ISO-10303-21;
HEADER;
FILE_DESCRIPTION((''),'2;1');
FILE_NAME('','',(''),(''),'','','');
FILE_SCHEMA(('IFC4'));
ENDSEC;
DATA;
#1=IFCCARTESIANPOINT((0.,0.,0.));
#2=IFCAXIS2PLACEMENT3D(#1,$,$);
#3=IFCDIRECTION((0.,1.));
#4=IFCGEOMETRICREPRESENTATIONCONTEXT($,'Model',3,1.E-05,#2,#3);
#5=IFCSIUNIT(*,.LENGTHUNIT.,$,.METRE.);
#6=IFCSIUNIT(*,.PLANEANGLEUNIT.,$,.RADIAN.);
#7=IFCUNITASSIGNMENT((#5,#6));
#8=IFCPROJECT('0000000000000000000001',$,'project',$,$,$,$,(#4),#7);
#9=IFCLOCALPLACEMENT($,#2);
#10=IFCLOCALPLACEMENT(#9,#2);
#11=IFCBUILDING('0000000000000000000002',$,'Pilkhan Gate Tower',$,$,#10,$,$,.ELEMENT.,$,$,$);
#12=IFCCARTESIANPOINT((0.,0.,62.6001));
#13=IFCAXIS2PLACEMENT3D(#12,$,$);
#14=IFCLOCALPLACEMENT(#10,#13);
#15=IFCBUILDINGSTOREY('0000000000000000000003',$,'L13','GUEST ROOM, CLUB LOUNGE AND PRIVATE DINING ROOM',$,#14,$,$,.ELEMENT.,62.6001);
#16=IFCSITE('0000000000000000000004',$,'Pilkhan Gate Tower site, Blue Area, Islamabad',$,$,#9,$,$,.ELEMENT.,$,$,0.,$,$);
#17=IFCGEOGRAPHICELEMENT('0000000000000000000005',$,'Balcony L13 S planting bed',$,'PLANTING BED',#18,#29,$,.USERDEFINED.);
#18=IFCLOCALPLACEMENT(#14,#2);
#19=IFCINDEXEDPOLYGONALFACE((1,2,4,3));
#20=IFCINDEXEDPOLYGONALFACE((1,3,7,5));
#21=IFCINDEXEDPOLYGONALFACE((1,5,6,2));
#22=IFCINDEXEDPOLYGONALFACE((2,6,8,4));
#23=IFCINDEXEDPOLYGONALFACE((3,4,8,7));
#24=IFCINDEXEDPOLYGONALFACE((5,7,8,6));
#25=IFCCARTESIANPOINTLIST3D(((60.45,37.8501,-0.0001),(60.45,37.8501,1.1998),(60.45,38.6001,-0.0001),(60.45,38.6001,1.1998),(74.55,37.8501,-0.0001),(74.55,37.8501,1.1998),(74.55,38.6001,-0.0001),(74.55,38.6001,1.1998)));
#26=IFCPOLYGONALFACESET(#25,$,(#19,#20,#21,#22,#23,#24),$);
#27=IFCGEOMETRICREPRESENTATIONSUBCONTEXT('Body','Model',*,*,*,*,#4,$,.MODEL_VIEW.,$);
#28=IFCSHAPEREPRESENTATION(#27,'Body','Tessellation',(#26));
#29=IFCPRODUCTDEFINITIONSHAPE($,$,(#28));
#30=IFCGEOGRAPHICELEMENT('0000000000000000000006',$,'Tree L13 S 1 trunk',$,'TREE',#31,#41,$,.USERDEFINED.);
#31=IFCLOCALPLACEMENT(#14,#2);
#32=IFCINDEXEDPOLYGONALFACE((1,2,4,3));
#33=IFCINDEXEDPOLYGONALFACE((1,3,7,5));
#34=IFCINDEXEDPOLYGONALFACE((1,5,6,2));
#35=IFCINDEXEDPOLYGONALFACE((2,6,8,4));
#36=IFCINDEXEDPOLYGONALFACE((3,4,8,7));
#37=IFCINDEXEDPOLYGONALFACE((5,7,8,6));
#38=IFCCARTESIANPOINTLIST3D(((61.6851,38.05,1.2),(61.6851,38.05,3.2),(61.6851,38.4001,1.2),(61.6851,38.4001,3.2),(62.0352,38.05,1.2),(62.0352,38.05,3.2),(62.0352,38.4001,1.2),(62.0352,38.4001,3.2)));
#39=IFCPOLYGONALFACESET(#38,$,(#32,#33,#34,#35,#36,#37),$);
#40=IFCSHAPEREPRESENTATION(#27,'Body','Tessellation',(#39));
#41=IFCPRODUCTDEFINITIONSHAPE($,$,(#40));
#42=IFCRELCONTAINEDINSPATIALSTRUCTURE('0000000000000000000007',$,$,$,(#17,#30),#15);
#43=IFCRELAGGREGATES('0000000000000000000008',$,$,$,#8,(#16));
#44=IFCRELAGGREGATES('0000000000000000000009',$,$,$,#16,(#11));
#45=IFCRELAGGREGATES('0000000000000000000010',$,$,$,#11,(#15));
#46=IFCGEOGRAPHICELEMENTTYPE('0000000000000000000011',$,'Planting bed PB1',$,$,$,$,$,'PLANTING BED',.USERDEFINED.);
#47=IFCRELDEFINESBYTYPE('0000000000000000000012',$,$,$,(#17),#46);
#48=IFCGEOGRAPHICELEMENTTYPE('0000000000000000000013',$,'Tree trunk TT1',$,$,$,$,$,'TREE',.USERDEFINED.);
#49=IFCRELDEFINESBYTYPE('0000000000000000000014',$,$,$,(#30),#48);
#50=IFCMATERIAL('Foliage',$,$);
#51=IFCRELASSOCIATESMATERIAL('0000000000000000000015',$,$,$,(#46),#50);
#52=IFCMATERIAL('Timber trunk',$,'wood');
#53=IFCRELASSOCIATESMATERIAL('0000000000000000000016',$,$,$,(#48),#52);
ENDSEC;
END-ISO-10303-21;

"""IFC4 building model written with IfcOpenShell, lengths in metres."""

from ifc_helpers import new_model, si_unit, direction, frame, origin, origin_2d, place, context, subcontext, project, spatial, rectangle, extrude, material, material_profile, profile_set, type_object, element, save


model = new_model("IFC4")

# Units and contexts
model_context = context("Model", 3, precision=1e-05, world=origin(), true_north=direction((0.0, 1.0)))
body_context = subcontext(model_context, "Body", "Model", "MODEL_VIEW")
ifc_project = project(units=[si_unit("LENGTHUNIT", "METRE"), si_unit("PLANEANGLEUNIT", "RADIAN")], contexts=[model_context])

# Site, building, storey
site_placement = place(None, origin())
site = spatial("IfcSite", under=ifc_project, at=site_placement, Name="Pilkhan Gate Tower site, Blue Area, Islamabad", CompositionType="ELEMENT", RefElevation=0.0)
building_placement = place(site_placement, origin())
building = spatial("IfcBuilding", under=site, at=building_placement, Name="Pilkhan Gate Tower", CompositionType="ELEMENT")
storey_placement = place(building_placement, frame((0.0, 0.0, 62.6001)))
storey = spatial("IfcBuildingStorey", under=building, at=storey_placement, Name="L13", Description="GUEST ROOM, CLUB LOUNGE AND PRIVATE DINING ROOM", CompositionType="ELEMENT", Elevation=62.6001)

# Geographic elements
ifc_material_1 = material(Name="Foliage")
ifc_material_profile_1 = material_profile(ifc_material_1, rectangle(XDim=0.75, YDim=1.2, at=origin_2d()), Name="Bed 750x1200")
ifc_profile_set_1 = profile_set([ifc_material_profile_1], Name="Foliage")
geographic_element_type_1 = type_object("IfcGeographicElementType", Name="Planting bed PB1", ElementType="PLANTING BED", PredefinedType="USERDEFINED", material=ifc_profile_set_1)
geographic_element_1_placement = place(storey_placement, frame((60.45, 38.2251, 0.5999), z_axis=(1.0, 0.0, 0.0), x_axis=(0.0, 1.0, 0.0)))
element("IfcGeographicElement", 1, at=geographic_element_1_placement, inside=storey, type_object=geographic_element_type_1, Name="Balcony L13 S planting bed", ObjectType="PLANTING BED", PredefinedType="USERDEFINED", context=body_context, shape_type="SweptSolid", body=[
    extrude(rectangle(XDim=0.75, YDim=1.2, at=origin_2d()), origin(), (0.0, 0.0, 1.0), 14.1001),
])
ifc_material_2 = material(Name="Timber trunk", Category="wood")
geographic_element_type_2 = type_object("IfcGeographicElementType", Name="Tree trunk TT1", ElementType="TREE", PredefinedType="USERDEFINED", material=ifc_material_2)
geographic_element_2_placement = place(storey_placement, frame((61.8601, 38.2251, 1.2), z_axis=(0.0, 0.0, 1.0), x_axis=(1.0, 0.0, 0.0)))
element("IfcGeographicElement", 2, at=geographic_element_2_placement, inside=storey, type_object=geographic_element_type_2, Name="Tree L13 S 1 trunk", ObjectType="TREE", PredefinedType="USERDEFINED", context=body_context, shape_type="SweptSolid", body=[
    extrude(rectangle(XDim=0.3501, YDim=0.3501, at=origin_2d()), origin(), (0.0, 0.0, 1.0), 2.0),
])

save(model, "model.ifc")
